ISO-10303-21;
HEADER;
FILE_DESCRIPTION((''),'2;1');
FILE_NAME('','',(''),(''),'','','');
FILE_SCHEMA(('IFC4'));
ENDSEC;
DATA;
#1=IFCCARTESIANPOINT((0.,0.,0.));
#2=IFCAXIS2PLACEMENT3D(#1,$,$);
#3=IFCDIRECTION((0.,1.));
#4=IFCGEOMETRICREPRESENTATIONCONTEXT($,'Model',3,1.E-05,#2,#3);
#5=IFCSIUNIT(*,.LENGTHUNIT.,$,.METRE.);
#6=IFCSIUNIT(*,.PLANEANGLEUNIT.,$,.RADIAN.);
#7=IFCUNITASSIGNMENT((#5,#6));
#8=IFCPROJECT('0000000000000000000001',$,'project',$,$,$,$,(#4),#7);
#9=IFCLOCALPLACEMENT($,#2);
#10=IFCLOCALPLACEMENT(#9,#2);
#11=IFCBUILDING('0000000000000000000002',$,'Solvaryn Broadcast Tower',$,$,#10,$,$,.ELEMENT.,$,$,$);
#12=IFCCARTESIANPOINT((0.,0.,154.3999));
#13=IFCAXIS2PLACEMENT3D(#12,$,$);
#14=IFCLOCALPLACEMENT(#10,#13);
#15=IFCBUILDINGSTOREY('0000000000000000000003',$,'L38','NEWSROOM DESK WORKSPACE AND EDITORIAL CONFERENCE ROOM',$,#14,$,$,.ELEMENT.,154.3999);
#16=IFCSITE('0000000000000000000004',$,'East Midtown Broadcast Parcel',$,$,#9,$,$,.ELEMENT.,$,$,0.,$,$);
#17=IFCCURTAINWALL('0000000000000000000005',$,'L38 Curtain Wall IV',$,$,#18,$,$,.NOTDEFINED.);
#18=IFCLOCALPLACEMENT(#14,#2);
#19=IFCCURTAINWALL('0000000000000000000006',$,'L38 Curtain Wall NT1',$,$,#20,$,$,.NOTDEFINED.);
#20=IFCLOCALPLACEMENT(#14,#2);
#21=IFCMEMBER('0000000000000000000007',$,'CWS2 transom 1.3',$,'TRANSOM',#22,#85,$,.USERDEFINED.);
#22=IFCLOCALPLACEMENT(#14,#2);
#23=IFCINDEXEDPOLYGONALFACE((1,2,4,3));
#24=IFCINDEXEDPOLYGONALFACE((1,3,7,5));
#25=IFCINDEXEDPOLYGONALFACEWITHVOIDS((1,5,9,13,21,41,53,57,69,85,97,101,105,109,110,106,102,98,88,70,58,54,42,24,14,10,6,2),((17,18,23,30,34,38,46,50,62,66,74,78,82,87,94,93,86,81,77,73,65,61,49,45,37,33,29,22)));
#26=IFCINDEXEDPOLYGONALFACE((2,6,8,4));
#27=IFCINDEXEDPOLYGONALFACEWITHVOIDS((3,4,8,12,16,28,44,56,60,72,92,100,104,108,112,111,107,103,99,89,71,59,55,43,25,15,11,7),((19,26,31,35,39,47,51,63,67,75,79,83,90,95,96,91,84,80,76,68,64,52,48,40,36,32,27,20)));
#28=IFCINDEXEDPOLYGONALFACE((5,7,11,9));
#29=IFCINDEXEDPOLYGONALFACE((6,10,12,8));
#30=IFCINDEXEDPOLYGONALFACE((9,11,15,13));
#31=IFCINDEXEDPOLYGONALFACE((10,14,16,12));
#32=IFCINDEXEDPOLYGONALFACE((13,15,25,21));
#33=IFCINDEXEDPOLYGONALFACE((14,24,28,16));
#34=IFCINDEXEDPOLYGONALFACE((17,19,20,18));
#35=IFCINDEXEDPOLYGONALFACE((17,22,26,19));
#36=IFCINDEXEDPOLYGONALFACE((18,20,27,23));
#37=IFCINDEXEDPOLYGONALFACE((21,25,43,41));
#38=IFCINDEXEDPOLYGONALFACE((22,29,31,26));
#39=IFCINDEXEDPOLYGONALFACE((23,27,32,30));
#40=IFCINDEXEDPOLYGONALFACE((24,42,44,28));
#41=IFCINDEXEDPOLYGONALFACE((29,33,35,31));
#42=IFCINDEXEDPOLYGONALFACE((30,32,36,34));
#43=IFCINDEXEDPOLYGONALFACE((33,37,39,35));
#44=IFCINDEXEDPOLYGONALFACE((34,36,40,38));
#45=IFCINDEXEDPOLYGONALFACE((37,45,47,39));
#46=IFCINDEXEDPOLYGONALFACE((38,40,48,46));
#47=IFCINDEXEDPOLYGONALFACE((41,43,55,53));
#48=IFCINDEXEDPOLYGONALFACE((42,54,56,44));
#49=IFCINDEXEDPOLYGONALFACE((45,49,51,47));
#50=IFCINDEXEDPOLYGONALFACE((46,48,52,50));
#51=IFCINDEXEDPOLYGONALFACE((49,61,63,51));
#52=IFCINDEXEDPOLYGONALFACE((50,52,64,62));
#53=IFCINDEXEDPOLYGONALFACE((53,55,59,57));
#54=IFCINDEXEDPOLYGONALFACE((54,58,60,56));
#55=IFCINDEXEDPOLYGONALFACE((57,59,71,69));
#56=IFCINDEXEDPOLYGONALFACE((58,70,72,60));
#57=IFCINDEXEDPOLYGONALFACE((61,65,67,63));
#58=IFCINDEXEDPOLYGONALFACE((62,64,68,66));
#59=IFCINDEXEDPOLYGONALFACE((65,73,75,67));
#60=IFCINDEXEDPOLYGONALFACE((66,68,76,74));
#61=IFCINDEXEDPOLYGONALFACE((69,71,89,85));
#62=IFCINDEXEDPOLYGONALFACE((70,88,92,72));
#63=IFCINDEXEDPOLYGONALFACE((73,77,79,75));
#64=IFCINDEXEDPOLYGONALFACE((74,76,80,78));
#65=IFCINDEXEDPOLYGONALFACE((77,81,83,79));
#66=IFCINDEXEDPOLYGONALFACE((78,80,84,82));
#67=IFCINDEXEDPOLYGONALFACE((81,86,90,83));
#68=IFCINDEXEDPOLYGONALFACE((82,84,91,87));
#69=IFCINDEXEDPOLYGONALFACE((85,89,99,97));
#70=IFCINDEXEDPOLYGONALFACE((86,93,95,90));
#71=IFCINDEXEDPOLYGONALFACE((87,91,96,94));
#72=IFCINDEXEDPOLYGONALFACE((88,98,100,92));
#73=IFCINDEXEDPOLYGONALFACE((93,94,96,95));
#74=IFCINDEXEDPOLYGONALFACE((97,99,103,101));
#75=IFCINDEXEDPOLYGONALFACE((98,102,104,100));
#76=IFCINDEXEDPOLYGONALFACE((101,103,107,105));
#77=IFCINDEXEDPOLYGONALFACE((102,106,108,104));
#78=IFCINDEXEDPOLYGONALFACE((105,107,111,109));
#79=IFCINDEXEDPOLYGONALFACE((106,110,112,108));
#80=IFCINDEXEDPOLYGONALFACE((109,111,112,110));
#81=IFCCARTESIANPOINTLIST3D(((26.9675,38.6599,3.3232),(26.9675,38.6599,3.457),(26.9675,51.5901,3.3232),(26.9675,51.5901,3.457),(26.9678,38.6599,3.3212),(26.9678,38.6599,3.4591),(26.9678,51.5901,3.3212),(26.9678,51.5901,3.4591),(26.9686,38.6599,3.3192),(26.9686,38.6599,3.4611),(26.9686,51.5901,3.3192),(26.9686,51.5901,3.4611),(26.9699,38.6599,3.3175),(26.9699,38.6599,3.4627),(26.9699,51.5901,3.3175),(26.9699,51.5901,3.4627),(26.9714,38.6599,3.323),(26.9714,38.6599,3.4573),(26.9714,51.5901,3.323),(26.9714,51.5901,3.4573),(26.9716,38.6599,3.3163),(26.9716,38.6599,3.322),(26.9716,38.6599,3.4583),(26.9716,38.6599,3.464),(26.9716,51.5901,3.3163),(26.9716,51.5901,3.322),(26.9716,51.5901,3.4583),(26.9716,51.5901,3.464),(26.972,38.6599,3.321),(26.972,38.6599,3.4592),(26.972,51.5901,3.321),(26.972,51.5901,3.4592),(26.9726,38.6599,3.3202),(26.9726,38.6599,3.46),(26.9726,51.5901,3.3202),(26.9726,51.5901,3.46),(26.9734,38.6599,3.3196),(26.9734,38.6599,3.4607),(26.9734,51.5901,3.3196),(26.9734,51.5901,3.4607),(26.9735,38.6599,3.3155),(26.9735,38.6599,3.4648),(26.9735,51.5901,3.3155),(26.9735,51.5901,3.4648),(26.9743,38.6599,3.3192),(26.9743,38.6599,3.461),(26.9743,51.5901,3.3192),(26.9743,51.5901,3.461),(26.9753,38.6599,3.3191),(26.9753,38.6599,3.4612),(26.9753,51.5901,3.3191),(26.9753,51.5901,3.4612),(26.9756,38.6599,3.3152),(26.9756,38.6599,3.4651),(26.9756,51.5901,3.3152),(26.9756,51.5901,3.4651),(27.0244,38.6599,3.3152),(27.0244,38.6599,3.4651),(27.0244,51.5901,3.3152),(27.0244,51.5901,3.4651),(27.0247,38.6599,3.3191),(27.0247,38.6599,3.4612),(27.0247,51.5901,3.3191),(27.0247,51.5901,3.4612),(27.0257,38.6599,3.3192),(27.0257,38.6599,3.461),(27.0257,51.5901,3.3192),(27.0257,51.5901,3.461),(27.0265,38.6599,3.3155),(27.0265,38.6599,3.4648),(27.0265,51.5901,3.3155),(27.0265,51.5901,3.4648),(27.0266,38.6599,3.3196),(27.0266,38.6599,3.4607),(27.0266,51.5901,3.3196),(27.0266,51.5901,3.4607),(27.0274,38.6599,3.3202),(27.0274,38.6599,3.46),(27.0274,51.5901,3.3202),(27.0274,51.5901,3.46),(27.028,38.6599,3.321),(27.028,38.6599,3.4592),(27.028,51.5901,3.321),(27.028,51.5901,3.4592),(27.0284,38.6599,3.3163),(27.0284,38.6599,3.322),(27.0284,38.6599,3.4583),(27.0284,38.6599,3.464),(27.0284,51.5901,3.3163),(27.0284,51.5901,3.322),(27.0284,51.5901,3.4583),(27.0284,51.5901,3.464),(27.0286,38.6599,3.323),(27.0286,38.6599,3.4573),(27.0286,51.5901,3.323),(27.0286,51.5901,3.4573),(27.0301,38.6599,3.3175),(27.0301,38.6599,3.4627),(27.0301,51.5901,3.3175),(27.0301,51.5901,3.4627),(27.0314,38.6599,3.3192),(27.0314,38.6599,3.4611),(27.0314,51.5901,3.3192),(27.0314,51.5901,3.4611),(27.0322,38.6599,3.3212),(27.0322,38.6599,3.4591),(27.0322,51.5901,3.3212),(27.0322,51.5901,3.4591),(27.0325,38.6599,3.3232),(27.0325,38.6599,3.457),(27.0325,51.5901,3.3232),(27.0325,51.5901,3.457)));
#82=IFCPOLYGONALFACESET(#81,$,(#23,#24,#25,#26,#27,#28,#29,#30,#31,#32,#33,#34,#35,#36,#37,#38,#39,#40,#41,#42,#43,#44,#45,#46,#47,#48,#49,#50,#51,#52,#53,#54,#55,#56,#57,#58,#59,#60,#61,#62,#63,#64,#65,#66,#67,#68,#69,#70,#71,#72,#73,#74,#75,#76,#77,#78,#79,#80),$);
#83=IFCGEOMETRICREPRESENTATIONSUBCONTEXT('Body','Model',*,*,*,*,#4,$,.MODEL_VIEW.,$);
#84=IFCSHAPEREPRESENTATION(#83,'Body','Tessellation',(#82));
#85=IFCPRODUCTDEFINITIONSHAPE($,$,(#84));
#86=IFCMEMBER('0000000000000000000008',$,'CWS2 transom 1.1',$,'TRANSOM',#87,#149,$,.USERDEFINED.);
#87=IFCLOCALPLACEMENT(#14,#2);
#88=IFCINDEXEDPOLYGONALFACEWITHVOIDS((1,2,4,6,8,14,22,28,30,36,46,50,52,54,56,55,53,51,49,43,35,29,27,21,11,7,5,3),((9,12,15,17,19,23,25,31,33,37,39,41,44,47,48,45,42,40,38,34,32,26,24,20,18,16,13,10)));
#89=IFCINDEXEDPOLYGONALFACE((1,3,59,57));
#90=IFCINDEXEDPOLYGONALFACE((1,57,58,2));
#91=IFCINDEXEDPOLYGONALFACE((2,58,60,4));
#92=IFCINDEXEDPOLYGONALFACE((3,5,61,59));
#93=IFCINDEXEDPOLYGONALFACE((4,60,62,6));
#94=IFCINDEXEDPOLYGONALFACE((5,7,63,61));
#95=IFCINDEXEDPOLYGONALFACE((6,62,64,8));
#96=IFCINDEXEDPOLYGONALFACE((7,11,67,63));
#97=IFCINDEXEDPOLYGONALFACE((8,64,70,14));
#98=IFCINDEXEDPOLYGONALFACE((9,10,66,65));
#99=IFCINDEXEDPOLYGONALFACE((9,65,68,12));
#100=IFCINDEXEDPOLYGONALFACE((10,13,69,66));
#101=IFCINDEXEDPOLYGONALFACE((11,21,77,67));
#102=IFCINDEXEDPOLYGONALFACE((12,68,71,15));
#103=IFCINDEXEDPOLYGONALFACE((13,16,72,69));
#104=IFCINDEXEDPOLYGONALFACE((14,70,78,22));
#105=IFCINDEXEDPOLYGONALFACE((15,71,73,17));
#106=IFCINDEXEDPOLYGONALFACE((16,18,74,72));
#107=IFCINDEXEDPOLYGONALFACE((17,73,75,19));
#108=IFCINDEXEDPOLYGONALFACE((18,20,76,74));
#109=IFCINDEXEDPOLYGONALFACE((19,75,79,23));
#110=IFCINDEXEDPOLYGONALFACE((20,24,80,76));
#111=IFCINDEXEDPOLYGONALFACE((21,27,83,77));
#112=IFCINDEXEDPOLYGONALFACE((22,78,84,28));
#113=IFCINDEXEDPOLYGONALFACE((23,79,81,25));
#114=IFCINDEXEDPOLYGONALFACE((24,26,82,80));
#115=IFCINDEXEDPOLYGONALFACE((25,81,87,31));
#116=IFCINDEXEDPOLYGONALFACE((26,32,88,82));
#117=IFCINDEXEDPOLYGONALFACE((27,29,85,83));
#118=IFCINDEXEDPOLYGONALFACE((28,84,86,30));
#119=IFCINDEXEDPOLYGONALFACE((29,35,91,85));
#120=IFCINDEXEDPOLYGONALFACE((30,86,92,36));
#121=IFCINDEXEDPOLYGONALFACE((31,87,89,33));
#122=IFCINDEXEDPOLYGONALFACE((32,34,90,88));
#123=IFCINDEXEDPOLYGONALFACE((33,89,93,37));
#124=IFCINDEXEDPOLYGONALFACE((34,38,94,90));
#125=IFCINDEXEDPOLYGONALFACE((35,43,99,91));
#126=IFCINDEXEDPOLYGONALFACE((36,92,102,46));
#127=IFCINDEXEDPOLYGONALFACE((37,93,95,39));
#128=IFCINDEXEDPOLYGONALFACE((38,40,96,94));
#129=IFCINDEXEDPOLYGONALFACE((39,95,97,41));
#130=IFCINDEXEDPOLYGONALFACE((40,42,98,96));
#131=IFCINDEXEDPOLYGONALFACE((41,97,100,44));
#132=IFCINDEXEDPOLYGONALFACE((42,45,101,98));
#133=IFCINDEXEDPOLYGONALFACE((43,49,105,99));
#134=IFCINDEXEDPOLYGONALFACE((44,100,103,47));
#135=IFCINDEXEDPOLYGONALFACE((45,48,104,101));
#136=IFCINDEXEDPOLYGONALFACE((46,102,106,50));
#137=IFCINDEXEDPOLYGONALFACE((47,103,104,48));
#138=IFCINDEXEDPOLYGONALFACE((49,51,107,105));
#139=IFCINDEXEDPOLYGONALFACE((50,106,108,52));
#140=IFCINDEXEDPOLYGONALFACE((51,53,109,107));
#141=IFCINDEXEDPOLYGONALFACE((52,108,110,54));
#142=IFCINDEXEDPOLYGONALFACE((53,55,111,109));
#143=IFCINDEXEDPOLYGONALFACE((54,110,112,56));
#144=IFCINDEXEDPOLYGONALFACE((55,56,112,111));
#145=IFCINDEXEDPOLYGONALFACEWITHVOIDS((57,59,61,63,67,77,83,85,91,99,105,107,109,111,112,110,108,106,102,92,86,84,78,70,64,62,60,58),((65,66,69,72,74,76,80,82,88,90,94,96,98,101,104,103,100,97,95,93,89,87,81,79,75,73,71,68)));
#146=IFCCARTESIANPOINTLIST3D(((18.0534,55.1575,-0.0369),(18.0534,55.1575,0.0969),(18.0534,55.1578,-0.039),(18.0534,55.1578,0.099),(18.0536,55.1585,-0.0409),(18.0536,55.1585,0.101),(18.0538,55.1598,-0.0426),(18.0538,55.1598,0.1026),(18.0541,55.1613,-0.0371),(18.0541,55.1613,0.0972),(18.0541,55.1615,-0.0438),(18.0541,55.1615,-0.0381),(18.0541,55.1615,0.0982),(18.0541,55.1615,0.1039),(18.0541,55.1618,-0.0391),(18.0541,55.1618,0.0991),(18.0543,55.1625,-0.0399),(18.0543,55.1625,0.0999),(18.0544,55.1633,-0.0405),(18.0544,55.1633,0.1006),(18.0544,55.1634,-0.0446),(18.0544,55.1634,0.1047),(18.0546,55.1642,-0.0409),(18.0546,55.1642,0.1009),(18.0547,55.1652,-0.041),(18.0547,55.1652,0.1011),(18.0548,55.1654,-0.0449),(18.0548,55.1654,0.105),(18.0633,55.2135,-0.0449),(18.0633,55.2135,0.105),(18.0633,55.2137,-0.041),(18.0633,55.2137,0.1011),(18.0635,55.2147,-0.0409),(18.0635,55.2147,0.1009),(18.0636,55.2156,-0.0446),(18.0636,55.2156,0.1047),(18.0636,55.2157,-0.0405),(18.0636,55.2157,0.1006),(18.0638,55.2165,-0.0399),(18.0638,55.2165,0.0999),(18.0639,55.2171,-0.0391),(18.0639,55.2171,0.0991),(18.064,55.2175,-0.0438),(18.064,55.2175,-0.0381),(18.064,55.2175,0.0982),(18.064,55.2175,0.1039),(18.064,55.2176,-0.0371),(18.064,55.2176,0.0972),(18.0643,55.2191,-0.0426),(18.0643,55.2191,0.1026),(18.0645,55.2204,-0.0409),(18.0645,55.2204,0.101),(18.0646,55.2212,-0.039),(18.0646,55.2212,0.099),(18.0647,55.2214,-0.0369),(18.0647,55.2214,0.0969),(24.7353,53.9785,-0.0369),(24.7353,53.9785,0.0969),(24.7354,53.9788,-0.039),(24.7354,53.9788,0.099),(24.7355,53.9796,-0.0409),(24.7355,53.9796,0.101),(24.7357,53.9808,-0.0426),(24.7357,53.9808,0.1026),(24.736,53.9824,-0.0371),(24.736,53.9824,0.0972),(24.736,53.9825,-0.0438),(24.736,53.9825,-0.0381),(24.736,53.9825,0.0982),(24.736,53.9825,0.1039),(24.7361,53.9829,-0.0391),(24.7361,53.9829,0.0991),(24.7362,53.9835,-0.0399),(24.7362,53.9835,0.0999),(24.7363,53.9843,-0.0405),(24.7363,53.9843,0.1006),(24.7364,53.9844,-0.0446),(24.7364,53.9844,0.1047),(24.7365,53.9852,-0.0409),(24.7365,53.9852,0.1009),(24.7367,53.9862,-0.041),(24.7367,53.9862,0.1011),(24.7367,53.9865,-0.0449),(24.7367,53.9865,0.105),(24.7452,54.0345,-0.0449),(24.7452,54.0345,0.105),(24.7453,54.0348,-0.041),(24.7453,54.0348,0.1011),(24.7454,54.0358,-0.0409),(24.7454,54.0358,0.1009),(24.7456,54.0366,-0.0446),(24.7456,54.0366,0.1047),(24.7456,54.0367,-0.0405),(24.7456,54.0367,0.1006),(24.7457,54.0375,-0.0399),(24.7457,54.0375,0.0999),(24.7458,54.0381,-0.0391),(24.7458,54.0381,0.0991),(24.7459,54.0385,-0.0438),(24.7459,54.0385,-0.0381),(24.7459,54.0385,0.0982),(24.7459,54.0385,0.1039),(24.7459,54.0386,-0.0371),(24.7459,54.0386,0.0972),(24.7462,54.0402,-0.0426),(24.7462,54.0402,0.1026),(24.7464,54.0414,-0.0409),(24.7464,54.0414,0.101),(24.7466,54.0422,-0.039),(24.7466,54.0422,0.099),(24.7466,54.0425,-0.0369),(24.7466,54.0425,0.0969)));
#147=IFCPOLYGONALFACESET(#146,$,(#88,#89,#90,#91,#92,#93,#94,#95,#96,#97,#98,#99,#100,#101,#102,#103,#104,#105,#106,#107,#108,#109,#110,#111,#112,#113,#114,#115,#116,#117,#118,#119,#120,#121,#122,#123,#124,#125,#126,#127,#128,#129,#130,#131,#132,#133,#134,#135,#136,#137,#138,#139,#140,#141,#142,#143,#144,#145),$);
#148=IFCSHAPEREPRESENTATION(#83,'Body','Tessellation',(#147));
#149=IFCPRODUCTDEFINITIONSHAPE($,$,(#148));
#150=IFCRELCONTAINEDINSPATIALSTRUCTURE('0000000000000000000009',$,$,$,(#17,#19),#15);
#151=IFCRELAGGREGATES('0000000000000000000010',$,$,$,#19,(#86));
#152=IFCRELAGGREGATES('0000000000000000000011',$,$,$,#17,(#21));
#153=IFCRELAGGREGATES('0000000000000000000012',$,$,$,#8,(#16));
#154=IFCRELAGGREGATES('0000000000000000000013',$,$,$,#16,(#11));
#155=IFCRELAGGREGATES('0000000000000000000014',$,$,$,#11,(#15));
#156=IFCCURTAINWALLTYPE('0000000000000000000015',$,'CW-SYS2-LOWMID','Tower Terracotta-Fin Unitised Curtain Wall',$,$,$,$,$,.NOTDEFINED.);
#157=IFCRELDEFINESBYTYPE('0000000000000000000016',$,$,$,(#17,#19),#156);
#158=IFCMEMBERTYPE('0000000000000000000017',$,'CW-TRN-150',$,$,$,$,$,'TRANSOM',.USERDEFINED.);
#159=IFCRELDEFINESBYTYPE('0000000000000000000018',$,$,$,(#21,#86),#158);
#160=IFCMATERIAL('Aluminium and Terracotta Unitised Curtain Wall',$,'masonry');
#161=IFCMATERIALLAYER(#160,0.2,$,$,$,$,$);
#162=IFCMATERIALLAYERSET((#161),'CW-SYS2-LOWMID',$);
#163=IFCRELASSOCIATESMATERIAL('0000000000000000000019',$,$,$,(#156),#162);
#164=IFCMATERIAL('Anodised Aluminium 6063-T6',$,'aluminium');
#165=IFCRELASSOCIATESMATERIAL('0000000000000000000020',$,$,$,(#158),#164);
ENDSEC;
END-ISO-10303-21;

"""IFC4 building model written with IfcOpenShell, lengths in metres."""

from ifc_helpers import new_model, si_unit, direction, frame, origin, origin_2d, place, context, subcontext, project, spatial, hollow_rectangle, extrude, material, layer, layer_set, material_profile, profile_set, type_object, element, aggregate, save


model = new_model("IFC4")

# Units and contexts
model_context = context("Model", 3, precision=1e-05, world=origin(), true_north=direction((0.0, 1.0)))
body_context = subcontext(model_context, "Body", "Model", "MODEL_VIEW")
ifc_project = project(units=[si_unit("LENGTHUNIT", "METRE"), si_unit("PLANEANGLEUNIT", "RADIAN")], contexts=[model_context])

# Site, building, storey
site_placement = place(None, origin())
site = spatial("IfcSite", under=ifc_project, at=site_placement, Name="East Midtown Broadcast Parcel", CompositionType="ELEMENT", RefElevation=0.0)
building_placement = place(site_placement, origin())
building = spatial("IfcBuilding", under=site, at=building_placement, Name="Solvaryn Broadcast Tower", CompositionType="ELEMENT")
storey_placement = place(building_placement, frame((0.0, 0.0, 154.3999)))
storey = spatial("IfcBuildingStorey", under=building, at=storey_placement, Name="L38", Description="NEWSROOM DESK WORKSPACE AND EDITORIAL CONFERENCE ROOM", CompositionType="ELEMENT", Elevation=154.3999)

# Curtain wall
ifc_material_1 = material(Name="Aluminium and Terracotta Unitised Curtain Wall", Category="masonry")
ifc_layer_1 = layer(ifc_material_1, 0.2)
ifc_layer_set_1 = layer_set([ifc_layer_1], Name="CW-SYS2-LOWMID")
curtain_wall_type = type_object("IfcCurtainWallType", Name="CW-SYS2-LOWMID", Description="Tower Terracotta-Fin Unitised Curtain Wall", PredefinedType="NOTDEFINED", material=ifc_layer_set_1)
curtain_wall_1_placement = place(storey_placement, origin())
curtain_wall_1 = element("IfcCurtainWall", 1, at=curtain_wall_1_placement, inside=storey, type_object=curtain_wall_type, Name="L38 Curtain Wall IV", PredefinedType="NOTDEFINED")

# Curtain wall
curtain_wall_2_placement = place(storey_placement, origin())
curtain_wall_2 = element("IfcCurtainWall", 2, at=curtain_wall_2_placement, inside=storey, type_object=curtain_wall_type, Name="L38 Curtain Wall NT1", PredefinedType="NOTDEFINED")

# Members
ifc_material_2 = material(Name="Anodised Aluminium 6063-T6", Category="aluminium")
ifc_material_profile_1 = material_profile(ifc_material_2, hollow_rectangle(XDim=0.0649, YDim=0.1499, WallThickness=0.0039, InnerFilletRadius=0.0039, OuterFilletRadius=0.0081, at=origin_2d()))
ifc_profile_set_1 = profile_set([ifc_material_profile_1], Name="Anodised Aluminium 6063-T6")
member_type_1 = type_object("IfcMemberType", Name="CW-TRN-150", ElementType="TRANSOM", PredefinedType="USERDEFINED", material=ifc_profile_set_1)
member_1_placement = place(storey_placement, frame((27.0, 51.5901, 3.3901), z_axis=(0.0, -1.0, 0.0), x_axis=(1.0, 0.0, 0.0)))
member_1 = element("IfcMember", 3, at=member_1_placement, type_object=member_type_1, Name="CWS2 transom 1.3", ObjectType="TRANSOM", PredefinedType="USERDEFINED", context=body_context, shape_type="SweptSolid", body=[
    extrude(hollow_rectangle(XDim=0.0649, YDim=0.1499, WallThickness=0.0039, InnerFilletRadius=0.0039, OuterFilletRadius=0.0081, at=origin_2d()), origin(), (0.0, 0.0, 1.0), 12.9302),
])
member_2_placement = place(storey_placement, frame((24.741, 54.0105, 0.03), z_axis=(-0.984789, 0.173757, 0.0), x_axis=(-0.173757, -0.984789, 0.0)))
member_2 = element("IfcMember", 4, at=member_2_placement, type_object=member_type_1, Name="CWS2 transom 1.1", ObjectType="TRANSOM", PredefinedType="USERDEFINED", context=body_context, shape_type="SweptSolid", body=[
    extrude(hollow_rectangle(XDim=0.0649, YDim=0.1499, WallThickness=0.0039, InnerFilletRadius=0.0039, OuterFilletRadius=0.0081, at=origin_2d()), origin(), (0.0, 0.0, 1.0), 6.7852),
])
aggregate(curtain_wall_2, [member_2])

aggregate(curtain_wall_1, [member_1])

save(model, "model.ifc")
